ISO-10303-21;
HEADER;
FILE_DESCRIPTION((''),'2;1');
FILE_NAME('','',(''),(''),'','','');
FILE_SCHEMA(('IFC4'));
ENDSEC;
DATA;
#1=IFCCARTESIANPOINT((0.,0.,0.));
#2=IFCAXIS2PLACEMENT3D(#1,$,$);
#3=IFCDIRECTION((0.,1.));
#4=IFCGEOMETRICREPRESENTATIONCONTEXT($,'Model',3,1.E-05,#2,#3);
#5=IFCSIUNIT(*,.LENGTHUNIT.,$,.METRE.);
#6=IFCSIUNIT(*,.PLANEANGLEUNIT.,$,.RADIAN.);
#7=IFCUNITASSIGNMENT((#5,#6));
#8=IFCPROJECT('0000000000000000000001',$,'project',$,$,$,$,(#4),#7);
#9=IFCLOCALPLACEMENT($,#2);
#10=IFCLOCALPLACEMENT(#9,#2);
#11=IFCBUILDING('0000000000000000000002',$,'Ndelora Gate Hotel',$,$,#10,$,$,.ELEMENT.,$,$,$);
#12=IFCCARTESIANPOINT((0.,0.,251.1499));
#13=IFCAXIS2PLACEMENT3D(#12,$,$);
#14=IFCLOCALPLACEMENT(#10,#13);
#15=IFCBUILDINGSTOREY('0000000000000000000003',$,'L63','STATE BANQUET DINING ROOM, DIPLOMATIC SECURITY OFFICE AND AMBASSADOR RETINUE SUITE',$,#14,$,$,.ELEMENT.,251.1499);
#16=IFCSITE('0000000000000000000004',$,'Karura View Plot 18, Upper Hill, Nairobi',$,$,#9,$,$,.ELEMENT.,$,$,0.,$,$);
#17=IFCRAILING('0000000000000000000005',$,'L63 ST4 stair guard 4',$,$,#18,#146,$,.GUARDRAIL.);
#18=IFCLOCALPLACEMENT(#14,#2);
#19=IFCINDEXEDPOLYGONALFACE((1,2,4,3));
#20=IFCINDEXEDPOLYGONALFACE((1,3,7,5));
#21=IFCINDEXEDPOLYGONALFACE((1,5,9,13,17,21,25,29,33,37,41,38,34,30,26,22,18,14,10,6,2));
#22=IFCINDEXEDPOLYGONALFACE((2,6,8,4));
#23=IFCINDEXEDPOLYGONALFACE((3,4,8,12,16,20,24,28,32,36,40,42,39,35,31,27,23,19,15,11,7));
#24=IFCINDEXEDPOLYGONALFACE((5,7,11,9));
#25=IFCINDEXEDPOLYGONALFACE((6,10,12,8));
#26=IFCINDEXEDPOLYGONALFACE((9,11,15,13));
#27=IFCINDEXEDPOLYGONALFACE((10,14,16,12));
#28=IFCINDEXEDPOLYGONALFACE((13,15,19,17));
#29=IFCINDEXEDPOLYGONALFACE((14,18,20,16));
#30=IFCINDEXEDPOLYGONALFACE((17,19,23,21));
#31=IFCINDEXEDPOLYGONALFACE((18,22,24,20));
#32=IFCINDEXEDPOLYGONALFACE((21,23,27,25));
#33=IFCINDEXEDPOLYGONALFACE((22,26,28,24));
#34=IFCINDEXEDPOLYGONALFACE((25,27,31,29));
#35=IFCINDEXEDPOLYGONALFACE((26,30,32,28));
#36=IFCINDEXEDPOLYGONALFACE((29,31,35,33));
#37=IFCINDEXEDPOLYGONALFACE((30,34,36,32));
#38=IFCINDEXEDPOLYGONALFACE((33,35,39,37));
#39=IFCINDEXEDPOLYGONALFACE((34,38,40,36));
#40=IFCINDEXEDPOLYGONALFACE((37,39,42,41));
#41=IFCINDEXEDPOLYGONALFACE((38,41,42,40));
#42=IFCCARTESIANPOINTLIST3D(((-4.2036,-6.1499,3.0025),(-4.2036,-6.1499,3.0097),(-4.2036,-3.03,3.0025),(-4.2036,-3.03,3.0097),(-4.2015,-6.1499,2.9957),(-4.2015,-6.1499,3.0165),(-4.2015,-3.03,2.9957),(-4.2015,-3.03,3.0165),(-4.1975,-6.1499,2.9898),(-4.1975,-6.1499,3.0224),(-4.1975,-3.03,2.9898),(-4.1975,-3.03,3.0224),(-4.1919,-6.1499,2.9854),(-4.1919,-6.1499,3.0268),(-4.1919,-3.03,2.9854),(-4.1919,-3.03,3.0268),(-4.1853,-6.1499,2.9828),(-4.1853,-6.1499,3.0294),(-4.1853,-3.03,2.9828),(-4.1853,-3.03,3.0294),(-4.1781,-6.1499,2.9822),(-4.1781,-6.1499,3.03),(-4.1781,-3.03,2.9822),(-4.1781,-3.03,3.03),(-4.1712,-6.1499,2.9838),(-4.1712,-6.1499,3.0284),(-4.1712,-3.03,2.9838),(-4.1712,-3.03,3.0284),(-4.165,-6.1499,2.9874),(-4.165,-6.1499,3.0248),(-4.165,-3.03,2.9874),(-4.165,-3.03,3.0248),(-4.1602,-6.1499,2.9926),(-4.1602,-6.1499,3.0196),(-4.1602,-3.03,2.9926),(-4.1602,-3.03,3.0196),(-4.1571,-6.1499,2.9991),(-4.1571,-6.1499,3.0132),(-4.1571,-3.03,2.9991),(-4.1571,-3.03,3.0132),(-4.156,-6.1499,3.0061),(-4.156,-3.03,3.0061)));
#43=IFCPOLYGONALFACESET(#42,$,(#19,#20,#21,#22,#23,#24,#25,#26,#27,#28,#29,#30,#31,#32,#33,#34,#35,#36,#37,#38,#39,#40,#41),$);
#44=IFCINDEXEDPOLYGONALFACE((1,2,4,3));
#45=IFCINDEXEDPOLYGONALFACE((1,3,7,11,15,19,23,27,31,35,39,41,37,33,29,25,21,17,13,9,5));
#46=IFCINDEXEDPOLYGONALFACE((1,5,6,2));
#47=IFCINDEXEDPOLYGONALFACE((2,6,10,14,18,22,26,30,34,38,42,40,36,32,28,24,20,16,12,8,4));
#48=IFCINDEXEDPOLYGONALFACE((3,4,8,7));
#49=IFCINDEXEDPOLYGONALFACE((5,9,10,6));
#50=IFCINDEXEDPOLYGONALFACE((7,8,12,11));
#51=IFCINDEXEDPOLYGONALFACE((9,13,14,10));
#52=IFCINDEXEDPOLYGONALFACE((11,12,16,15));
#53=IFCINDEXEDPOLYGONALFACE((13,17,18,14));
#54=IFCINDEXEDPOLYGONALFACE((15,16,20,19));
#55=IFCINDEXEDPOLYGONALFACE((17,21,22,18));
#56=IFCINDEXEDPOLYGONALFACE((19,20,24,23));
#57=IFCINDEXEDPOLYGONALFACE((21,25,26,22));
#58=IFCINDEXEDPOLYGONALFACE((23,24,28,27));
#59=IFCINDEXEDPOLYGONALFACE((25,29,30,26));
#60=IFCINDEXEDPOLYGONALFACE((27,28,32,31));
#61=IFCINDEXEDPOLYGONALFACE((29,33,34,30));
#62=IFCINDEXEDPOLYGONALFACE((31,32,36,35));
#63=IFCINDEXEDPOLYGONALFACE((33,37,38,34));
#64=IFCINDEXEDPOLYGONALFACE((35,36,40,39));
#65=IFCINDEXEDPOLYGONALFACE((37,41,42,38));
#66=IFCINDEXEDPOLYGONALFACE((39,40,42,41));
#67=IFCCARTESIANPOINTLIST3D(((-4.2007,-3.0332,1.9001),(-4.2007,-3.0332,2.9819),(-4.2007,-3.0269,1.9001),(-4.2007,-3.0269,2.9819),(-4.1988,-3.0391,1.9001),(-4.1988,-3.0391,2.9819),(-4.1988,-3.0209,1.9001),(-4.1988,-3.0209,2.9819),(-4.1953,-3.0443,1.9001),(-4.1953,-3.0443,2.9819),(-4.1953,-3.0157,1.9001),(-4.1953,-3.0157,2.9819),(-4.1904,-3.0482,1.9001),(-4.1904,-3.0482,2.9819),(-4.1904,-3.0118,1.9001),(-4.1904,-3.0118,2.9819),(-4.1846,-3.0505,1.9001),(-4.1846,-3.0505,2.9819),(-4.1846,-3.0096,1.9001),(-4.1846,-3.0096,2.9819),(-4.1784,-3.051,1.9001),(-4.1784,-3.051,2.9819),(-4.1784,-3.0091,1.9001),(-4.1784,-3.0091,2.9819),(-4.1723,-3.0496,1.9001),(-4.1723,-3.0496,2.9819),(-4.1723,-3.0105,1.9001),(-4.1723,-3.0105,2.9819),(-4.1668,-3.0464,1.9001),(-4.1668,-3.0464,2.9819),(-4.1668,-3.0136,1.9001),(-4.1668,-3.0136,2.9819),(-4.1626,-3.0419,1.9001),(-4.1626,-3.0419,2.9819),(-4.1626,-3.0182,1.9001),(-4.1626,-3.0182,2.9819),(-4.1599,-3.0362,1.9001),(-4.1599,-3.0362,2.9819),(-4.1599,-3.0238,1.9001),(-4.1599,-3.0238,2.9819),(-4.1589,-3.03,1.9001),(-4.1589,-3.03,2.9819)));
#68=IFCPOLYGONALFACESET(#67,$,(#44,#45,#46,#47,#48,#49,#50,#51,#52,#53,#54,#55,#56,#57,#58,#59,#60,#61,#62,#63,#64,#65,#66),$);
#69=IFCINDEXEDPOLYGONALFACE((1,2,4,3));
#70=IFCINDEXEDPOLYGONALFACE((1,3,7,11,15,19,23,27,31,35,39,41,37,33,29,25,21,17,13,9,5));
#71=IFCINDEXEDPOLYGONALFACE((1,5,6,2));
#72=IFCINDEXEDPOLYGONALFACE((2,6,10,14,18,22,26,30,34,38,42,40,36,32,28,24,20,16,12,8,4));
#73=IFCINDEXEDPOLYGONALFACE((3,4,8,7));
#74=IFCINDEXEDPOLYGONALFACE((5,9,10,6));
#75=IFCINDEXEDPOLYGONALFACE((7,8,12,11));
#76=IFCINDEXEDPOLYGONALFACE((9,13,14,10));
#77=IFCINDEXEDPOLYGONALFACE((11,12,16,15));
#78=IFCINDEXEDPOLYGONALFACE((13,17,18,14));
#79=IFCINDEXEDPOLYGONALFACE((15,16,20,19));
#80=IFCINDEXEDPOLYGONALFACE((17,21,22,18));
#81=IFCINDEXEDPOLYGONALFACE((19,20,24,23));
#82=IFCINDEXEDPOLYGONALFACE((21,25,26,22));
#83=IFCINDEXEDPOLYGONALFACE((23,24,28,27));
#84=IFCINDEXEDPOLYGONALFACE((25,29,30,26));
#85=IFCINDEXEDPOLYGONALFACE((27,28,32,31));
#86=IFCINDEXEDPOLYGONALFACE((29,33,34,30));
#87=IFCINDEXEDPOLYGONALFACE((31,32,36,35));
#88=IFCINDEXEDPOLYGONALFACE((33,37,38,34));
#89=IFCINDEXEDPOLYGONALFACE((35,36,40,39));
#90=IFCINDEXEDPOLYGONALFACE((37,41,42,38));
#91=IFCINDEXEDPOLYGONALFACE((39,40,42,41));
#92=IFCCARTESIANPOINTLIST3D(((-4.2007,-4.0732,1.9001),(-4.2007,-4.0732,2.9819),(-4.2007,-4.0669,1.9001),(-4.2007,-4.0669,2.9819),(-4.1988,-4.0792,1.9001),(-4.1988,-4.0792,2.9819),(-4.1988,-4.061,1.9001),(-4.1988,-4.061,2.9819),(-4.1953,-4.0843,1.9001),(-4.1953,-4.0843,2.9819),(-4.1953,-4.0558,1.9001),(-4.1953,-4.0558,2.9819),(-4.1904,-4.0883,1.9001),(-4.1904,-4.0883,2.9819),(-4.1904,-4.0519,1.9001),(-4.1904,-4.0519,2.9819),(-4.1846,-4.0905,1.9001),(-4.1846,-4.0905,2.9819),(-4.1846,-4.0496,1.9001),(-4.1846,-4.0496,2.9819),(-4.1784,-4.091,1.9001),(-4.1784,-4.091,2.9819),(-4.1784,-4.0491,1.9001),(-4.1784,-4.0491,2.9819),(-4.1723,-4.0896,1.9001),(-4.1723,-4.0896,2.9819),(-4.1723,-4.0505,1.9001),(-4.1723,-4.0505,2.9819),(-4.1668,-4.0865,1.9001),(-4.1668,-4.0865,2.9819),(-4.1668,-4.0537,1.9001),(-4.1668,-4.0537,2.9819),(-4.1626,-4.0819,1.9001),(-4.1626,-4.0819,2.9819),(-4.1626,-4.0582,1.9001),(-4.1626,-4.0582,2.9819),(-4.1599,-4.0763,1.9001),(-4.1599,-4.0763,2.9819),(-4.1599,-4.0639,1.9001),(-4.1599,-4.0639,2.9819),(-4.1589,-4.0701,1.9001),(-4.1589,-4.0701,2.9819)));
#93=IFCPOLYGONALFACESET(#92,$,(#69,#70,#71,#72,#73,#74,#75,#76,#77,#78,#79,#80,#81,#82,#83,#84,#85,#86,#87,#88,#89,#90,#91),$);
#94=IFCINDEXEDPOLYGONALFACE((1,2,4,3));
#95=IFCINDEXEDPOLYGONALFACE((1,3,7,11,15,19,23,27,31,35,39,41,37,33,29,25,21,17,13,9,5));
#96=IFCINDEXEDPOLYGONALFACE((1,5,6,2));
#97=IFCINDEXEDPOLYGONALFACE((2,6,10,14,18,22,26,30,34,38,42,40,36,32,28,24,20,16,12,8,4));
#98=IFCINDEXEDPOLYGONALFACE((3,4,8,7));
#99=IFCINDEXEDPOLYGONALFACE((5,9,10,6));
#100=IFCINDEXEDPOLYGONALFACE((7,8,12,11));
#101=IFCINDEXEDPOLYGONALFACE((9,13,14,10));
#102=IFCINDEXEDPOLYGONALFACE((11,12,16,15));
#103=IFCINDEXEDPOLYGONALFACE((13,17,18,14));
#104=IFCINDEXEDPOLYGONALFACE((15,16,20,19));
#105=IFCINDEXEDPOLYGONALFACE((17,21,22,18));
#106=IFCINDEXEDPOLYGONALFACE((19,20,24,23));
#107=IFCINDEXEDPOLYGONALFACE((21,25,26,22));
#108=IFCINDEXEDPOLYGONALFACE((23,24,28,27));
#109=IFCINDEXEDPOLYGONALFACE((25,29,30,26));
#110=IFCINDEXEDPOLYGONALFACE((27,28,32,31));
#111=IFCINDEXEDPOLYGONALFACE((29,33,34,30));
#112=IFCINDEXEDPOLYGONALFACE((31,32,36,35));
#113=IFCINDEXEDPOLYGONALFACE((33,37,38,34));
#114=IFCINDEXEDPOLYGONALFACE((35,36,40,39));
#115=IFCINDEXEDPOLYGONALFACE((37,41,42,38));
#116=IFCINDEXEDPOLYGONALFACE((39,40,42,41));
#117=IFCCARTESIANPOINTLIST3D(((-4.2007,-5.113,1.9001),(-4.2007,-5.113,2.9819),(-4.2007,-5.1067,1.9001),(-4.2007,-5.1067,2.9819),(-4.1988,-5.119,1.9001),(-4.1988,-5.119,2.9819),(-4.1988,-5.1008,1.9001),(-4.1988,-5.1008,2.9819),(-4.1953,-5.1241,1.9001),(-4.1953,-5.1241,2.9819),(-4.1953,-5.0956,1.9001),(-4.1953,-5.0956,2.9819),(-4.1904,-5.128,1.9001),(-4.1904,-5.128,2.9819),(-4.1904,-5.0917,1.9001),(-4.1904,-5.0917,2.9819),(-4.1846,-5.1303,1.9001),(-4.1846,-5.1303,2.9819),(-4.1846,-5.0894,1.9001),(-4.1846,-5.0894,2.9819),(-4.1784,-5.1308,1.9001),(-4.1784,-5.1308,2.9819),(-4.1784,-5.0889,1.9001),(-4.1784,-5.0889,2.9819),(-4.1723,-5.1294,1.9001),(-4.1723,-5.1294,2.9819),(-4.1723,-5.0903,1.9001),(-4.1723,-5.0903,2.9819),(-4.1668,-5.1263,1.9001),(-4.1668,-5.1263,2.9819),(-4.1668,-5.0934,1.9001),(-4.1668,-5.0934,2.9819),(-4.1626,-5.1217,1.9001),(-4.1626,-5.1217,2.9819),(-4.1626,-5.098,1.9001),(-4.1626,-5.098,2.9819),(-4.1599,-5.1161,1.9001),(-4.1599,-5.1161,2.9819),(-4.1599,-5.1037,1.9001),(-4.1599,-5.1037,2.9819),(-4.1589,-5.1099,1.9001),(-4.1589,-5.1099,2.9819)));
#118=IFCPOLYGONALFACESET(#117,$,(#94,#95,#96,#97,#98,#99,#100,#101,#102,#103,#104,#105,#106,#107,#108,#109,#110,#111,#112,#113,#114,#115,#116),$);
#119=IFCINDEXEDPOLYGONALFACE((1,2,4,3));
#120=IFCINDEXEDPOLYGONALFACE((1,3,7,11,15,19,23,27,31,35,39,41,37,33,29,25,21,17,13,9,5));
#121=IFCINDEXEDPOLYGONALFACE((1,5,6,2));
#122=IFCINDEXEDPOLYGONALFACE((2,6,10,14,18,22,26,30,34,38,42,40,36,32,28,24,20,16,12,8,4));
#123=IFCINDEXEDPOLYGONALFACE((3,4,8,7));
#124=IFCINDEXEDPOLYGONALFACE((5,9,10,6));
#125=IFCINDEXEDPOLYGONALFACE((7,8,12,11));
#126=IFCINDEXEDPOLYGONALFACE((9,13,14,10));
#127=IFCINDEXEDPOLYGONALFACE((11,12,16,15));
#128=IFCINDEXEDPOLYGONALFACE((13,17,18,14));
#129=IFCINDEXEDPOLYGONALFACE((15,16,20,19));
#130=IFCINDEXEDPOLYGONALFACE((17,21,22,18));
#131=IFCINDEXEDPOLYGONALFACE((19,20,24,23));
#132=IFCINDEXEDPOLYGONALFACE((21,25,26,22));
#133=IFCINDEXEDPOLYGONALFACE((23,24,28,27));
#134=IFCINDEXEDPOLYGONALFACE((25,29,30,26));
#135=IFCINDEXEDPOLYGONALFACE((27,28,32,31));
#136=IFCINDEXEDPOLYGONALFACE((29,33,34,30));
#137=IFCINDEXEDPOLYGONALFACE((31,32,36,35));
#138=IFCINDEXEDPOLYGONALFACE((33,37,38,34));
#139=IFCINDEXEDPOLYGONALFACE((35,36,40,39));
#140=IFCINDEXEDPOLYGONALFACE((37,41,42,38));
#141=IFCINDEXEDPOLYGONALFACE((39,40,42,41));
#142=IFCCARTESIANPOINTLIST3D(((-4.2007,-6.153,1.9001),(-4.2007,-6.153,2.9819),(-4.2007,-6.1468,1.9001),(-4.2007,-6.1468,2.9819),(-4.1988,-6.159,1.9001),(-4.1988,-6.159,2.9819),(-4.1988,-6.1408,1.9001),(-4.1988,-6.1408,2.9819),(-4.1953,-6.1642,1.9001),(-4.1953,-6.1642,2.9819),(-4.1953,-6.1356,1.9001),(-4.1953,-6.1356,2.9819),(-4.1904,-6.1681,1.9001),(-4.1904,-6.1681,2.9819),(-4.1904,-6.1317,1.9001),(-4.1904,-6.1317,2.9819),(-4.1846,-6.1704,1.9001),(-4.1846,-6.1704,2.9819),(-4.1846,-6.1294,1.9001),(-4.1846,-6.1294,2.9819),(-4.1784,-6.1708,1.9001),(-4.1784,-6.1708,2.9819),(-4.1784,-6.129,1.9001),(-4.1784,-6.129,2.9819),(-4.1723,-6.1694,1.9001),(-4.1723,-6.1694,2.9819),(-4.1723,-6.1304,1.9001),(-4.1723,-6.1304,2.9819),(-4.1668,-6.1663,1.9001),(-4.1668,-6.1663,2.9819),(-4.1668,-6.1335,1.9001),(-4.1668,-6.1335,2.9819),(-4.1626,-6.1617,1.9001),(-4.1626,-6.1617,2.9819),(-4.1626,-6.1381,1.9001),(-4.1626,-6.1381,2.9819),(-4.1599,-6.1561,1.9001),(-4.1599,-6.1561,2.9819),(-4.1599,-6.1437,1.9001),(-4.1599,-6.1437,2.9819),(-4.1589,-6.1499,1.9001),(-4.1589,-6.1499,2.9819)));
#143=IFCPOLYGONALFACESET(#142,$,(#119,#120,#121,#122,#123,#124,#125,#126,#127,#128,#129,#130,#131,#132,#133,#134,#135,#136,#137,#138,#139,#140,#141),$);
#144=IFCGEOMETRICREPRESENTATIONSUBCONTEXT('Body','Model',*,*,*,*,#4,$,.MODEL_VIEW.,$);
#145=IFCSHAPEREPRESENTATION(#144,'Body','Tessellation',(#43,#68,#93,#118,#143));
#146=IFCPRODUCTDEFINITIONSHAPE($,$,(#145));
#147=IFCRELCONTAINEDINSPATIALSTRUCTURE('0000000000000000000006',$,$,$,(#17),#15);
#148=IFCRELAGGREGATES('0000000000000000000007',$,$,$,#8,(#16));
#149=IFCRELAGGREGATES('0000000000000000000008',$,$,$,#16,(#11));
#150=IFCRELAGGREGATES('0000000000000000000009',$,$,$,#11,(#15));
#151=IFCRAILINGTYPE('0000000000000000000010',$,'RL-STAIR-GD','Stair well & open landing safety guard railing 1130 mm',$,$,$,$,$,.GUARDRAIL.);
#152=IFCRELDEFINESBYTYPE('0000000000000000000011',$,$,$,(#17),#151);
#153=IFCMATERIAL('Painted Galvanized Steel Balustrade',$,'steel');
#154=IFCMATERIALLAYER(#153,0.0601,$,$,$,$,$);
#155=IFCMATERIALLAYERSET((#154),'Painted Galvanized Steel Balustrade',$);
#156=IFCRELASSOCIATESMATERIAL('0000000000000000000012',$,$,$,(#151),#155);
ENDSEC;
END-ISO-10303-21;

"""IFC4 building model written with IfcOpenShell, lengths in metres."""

from ifc_helpers import new_model, si_unit, direction, frame, origin, origin_2d, place, context, subcontext, project, spatial, circle, extrude, material, layer, layer_set, type_object, element, save


model = new_model("IFC4")

# Units and contexts
model_context = context("Model", 3, precision=1e-05, world=origin(), true_north=direction((0.0, 1.0)))
body_context = subcontext(model_context, "Body", "Model", "MODEL_VIEW")
ifc_project = project(units=[si_unit("LENGTHUNIT", "METRE"), si_unit("PLANEANGLEUNIT", "RADIAN")], contexts=[model_context])

# Site, building, storey
site_placement = place(None, origin())
site = spatial("IfcSite", under=ifc_project, at=site_placement, Name="Karura View Plot 18, Upper Hill, Nairobi", CompositionType="ELEMENT", RefElevation=0.0)
building_placement = place(site_placement, origin())
building = spatial("IfcBuilding", under=site, at=building_placement, Name="Ndelora Gate Hotel", CompositionType="ELEMENT")
storey_placement = place(building_placement, frame((0.0, 0.0, 251.1499)))
storey = spatial("IfcBuildingStorey", under=building, at=storey_placement, Name="L63", Description="STATE BANQUET DINING ROOM, DIPLOMATIC SECURITY OFFICE AND AMBASSADOR RETINUE SUITE", CompositionType="ELEMENT", Elevation=251.1499)

# Railing
ifc_material_1 = material(Name="Painted Galvanized Steel Balustrade", Category="steel")
ifc_layer_1 = layer(ifc_material_1, 0.0601)
ifc_layer_set_1 = layer_set([ifc_layer_1], Name="Painted Galvanized Steel Balustrade")
railing_type_1 = type_object("IfcRailingType", Name="RL-STAIR-GD", Description="Stair well & open landing safety guard railing 1130 mm", PredefinedType="GUARDRAIL", material=ifc_layer_set_1)
for number, where, name in (
    (1, (-4.1799, -3.03, 1.9001), "L63 ST4 stair guard 4"),
):
    element("IfcRailing", number, at=place(storey_placement, frame(where)), inside=storey, type_object=railing_type_1, Name=name, PredefinedType="GUARDRAIL", context=body_context, shape_type="SweptSolid", body=[
        extrude(circle(Radius=0.0239, at=origin_2d()), frame((0.0, 0.0, 1.106), z_axis=(0.0, -1.0, 0.0), x_axis=(1.0, 0.0, 0.0)), (0.0, 0.0, 1.0), 3.1199),
        extrude(circle(Radius=0.021, at=origin_2d()), origin(), (0.0, 0.0, 1.0), 1.0818),
        extrude(circle(Radius=0.021, at=origin_2d()), frame((0.0, -1.04, 0.0)), (0.0, 0.0, 1.0), 1.0818),
        extrude(circle(Radius=0.021, at=origin_2d()), frame((0.0, -2.0798, 0.0)), (0.0, 0.0, 1.0), 1.0818),
        extrude(circle(Radius=0.021, at=origin_2d()), frame((0.0, -3.1199, 0.0)), (0.0, 0.0, 1.0), 1.0818),
    ])

save(model, "model.ifc")
